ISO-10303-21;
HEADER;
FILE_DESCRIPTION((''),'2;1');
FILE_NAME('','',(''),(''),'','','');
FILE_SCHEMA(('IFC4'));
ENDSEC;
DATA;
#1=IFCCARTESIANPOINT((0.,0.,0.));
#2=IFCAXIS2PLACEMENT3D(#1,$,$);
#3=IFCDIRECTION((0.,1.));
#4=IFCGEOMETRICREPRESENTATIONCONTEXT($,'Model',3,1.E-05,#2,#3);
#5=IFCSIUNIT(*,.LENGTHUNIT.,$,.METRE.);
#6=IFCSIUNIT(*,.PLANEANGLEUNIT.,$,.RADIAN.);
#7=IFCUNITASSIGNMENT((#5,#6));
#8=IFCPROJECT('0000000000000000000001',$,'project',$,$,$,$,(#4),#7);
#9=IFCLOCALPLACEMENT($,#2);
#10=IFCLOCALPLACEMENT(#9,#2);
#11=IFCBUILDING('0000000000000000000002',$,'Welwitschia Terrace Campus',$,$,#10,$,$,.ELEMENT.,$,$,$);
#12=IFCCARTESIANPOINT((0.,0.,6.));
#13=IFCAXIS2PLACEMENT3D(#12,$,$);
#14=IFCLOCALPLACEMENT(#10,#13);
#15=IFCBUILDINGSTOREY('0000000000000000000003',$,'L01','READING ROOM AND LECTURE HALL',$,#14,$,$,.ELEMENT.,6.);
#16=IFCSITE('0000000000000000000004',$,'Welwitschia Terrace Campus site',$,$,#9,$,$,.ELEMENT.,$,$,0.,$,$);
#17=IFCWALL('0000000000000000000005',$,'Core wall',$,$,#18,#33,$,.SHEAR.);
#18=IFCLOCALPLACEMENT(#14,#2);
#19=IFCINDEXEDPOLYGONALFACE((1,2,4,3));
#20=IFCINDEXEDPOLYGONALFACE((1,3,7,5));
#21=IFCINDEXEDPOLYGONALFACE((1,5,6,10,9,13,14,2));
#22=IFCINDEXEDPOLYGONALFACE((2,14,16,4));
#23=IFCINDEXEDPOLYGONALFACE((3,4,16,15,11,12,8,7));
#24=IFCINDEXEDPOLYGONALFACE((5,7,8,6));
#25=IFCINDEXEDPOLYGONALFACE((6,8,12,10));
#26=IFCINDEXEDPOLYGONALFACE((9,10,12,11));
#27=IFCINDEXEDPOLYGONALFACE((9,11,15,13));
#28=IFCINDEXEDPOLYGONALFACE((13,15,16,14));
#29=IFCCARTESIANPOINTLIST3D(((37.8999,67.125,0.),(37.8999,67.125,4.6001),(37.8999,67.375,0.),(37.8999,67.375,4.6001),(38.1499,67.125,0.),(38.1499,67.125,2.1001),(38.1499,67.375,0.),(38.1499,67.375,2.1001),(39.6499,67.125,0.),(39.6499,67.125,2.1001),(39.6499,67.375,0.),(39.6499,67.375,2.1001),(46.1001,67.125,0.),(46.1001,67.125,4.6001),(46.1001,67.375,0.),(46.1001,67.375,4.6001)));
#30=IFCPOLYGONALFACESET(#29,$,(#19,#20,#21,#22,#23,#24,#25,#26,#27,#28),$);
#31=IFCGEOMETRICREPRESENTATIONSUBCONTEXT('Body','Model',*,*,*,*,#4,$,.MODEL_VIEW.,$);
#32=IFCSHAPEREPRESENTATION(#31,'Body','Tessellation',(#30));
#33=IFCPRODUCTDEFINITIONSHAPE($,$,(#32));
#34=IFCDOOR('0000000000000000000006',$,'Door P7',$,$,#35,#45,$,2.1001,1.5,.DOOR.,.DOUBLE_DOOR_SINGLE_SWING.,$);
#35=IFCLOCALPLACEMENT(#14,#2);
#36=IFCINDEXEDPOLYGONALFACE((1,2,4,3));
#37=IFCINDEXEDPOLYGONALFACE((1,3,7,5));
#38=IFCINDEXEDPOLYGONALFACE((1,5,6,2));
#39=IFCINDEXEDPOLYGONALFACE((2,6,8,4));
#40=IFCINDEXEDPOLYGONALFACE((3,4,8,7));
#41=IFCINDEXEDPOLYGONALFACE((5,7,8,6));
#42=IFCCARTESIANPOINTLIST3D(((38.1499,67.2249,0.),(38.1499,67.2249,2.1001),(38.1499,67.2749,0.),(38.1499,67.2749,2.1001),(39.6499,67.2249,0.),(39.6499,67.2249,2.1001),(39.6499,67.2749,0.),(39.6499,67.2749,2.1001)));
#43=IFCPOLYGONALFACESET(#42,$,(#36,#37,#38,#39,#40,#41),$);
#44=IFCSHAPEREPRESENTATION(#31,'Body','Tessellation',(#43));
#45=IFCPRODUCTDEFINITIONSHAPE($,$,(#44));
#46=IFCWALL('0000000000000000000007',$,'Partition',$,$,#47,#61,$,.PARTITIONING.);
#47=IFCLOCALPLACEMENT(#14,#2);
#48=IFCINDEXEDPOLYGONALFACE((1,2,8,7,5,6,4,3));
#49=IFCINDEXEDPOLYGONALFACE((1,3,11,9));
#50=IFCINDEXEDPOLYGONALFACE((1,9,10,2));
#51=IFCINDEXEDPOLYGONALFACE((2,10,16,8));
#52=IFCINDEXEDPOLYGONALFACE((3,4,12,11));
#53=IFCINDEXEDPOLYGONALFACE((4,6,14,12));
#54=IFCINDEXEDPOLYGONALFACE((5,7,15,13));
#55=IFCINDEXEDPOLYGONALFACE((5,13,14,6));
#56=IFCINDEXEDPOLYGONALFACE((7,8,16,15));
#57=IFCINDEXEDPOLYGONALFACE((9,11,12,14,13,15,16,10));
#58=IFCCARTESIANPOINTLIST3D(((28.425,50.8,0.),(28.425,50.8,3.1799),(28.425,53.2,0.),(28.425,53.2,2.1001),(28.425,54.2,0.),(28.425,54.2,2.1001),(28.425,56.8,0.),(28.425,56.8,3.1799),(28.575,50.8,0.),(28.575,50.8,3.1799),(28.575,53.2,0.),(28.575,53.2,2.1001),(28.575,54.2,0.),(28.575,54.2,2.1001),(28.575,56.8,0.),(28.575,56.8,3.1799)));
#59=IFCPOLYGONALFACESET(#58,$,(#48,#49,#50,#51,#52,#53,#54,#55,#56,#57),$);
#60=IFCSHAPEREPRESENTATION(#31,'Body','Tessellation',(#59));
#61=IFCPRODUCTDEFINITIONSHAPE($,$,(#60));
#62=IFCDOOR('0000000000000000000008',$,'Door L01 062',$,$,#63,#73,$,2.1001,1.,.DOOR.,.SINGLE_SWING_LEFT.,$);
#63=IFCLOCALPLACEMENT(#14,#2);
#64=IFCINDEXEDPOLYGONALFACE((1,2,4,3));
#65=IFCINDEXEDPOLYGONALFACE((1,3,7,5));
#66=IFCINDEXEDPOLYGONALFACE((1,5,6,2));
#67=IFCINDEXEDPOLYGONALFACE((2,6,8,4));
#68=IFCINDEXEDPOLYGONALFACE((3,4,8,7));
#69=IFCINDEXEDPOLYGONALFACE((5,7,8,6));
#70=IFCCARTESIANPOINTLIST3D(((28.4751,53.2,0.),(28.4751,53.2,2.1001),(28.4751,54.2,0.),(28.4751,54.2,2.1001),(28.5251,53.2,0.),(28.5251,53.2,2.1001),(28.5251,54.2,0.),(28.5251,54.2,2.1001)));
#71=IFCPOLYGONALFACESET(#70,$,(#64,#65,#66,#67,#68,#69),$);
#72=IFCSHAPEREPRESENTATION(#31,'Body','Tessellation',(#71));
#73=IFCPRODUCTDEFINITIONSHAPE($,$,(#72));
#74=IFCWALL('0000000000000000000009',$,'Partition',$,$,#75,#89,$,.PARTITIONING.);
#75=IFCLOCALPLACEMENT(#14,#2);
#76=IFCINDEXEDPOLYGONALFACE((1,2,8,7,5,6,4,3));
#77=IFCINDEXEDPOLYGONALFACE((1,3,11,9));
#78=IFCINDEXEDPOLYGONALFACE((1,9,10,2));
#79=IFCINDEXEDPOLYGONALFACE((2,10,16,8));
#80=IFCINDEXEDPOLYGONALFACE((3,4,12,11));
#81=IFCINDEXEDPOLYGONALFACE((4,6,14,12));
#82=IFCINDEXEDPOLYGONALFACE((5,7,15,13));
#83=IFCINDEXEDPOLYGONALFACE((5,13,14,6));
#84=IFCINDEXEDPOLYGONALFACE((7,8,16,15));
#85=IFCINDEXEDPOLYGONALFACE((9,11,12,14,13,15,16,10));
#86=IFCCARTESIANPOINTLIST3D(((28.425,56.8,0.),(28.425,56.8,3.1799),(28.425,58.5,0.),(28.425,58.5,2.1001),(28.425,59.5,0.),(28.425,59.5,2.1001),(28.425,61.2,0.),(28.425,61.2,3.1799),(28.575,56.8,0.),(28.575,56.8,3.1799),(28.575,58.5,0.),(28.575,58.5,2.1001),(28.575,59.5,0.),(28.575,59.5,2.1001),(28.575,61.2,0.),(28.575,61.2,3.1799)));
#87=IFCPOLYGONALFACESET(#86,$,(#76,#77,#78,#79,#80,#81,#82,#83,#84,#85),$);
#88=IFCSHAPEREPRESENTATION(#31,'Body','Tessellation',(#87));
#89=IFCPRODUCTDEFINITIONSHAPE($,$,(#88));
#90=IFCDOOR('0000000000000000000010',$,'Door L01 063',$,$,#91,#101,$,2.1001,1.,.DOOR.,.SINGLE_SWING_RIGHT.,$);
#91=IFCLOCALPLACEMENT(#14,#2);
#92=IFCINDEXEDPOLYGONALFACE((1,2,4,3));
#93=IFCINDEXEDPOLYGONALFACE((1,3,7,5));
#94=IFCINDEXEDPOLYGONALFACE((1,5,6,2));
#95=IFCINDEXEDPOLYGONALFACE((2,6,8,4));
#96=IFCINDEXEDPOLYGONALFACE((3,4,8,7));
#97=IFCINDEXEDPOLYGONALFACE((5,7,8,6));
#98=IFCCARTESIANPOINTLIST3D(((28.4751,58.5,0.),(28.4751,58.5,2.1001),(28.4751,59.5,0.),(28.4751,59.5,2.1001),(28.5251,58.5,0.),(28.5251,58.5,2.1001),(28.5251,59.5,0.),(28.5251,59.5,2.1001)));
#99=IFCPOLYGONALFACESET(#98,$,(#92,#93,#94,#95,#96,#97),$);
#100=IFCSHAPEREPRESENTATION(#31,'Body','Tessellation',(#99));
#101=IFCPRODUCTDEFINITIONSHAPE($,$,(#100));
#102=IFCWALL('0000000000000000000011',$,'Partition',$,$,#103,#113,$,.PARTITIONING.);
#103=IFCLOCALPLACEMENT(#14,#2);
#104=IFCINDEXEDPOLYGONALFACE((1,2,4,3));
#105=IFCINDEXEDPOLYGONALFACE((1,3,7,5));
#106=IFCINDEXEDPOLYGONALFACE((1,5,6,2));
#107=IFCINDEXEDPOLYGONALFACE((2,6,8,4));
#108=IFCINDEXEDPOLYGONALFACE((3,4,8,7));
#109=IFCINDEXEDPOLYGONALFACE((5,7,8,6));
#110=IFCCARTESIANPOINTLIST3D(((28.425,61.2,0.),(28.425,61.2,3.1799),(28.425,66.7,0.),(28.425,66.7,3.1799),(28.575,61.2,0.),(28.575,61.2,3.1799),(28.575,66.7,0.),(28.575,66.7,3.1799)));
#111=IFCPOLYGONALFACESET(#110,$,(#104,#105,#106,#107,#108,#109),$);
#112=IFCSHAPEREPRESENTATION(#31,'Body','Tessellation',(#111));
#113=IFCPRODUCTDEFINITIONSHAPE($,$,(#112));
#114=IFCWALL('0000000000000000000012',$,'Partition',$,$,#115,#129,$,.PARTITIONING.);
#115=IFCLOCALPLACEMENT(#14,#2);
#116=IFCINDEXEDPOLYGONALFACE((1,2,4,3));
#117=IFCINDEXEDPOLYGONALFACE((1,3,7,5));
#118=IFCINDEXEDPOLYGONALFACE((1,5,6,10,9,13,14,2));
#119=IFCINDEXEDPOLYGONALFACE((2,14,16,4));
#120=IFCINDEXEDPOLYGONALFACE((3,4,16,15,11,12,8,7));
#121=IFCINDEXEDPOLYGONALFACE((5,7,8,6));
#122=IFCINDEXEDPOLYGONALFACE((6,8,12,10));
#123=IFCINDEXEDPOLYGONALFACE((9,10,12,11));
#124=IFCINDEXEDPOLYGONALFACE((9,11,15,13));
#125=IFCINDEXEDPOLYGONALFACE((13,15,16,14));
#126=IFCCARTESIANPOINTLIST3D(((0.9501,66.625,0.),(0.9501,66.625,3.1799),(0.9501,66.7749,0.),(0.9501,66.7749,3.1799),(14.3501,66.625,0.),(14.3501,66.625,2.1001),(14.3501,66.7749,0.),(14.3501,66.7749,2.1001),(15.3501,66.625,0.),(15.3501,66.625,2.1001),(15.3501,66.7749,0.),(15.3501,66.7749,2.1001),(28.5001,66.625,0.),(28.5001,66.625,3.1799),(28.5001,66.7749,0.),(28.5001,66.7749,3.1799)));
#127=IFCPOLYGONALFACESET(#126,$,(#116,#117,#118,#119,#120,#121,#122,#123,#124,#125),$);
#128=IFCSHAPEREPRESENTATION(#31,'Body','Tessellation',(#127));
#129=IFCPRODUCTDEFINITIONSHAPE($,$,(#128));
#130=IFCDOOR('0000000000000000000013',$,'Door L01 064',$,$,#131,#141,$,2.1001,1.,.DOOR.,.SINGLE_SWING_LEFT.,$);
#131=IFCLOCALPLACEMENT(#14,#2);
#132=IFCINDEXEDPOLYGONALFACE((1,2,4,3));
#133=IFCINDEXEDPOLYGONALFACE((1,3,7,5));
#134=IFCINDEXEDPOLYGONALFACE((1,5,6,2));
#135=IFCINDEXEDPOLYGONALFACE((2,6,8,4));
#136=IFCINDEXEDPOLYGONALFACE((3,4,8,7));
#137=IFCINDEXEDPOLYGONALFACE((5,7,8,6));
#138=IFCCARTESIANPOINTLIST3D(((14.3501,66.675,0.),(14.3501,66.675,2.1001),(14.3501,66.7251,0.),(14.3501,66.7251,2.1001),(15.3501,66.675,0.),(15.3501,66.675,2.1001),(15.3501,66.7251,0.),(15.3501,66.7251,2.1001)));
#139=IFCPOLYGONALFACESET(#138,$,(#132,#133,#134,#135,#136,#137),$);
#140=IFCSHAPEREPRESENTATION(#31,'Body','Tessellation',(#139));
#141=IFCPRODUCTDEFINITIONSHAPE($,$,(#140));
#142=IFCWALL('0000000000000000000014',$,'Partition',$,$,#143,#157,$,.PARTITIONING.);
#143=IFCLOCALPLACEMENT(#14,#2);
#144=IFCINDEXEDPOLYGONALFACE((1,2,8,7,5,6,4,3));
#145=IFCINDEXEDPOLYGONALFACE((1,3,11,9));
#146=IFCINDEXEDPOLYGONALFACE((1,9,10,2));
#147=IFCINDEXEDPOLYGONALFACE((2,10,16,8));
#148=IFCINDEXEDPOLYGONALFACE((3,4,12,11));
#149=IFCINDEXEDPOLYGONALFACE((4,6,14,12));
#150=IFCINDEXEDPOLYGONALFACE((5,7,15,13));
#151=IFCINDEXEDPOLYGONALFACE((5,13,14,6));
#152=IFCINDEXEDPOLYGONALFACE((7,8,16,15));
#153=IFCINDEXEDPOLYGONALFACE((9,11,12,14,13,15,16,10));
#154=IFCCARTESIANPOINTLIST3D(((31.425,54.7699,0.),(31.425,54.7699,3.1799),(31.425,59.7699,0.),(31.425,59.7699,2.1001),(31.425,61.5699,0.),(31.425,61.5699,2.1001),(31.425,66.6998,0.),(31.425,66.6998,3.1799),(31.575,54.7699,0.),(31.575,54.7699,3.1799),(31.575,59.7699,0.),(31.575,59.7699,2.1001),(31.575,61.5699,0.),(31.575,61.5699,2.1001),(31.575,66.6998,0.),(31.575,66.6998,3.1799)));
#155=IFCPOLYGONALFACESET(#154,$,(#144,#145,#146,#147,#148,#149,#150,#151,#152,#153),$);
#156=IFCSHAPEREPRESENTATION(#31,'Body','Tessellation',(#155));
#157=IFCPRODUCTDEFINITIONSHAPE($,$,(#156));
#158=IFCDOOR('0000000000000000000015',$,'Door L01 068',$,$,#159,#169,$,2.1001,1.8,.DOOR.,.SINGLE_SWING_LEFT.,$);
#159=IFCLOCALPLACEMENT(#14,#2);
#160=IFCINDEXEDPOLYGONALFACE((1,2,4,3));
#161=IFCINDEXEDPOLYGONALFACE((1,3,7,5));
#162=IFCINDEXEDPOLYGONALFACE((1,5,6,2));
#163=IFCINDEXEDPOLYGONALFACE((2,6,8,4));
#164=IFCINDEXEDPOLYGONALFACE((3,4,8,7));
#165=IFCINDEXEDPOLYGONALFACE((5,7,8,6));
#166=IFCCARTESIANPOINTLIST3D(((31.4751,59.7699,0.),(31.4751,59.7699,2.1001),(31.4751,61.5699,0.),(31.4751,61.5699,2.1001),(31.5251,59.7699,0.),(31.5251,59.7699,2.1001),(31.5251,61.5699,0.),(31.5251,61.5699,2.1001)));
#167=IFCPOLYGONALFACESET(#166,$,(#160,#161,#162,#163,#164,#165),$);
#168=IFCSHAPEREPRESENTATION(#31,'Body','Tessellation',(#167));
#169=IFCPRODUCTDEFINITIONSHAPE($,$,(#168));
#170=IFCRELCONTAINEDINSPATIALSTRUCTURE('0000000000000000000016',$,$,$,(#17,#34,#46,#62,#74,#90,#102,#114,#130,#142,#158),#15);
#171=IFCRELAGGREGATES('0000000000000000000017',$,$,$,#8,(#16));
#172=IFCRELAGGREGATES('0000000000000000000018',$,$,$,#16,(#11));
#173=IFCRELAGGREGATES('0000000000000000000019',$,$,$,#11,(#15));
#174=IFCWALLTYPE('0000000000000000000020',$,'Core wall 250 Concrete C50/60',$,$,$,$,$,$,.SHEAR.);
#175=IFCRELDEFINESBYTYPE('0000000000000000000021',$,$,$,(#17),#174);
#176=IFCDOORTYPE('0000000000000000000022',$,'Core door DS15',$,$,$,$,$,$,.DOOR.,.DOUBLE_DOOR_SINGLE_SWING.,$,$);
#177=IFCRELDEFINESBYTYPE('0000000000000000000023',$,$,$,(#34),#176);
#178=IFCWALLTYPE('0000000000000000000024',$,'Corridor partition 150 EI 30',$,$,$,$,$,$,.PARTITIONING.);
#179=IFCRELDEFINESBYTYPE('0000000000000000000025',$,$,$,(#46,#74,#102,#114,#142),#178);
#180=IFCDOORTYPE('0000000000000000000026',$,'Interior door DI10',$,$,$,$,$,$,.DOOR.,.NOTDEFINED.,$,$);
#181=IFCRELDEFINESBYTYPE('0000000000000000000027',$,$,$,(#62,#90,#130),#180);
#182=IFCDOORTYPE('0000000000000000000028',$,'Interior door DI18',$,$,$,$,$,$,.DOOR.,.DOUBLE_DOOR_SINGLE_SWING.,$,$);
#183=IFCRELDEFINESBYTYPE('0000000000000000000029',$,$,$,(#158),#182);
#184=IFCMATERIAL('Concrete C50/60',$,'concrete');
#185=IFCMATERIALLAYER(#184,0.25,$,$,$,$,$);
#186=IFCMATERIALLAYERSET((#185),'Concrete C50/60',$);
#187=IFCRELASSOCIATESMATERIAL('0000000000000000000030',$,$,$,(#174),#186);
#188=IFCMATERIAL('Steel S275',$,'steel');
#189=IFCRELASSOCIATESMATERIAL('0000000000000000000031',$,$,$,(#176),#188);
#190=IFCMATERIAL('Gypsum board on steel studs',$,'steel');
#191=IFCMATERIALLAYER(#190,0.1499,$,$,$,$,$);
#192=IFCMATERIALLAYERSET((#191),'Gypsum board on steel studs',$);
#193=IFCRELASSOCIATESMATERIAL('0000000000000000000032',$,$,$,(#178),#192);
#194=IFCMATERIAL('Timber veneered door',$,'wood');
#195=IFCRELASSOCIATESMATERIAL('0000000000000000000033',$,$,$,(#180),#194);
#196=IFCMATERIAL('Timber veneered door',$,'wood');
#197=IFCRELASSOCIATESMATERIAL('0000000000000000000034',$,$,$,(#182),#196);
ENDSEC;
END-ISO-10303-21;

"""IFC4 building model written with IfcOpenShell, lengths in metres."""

from ifc_helpers import new_model, si_unit, direction, frame, frame_2d, origin, place, context, subcontext, project, spatial, rectangle, extrude, material, layer, layer_set, type_object, element, fill, save


model = new_model("IFC4")

# Units and contexts
model_context = context("Model", 3, precision=1e-05, world=origin(), true_north=direction((0.0, 1.0)))
body_context = subcontext(model_context, "Body", "Model", "MODEL_VIEW")
ifc_project = project(units=[si_unit("LENGTHUNIT", "METRE"), si_unit("PLANEANGLEUNIT", "RADIAN")], contexts=[model_context])

# Site, building, storey
site_placement = place(None, origin())
site = spatial("IfcSite", under=ifc_project, at=site_placement, Name="Welwitschia Terrace Campus site", CompositionType="ELEMENT", RefElevation=0.0)
building_placement = place(site_placement, origin())
building = spatial("IfcBuilding", under=site, at=building_placement, Name="Welwitschia Terrace Campus", CompositionType="ELEMENT")
storey_placement = place(building_placement, frame((0.0, 0.0, 6.0)))
storey = spatial("IfcBuildingStorey", under=building, at=storey_placement, Name="L01", Description="READING ROOM AND LECTURE HALL", CompositionType="ELEMENT", Elevation=6.0)

# Shared definitions
ifc_material_1 = material(Name="Concrete C50/60", Category="concrete")
ifc_layer_1 = layer(ifc_material_1, 0.25)
ifc_layer_set_1 = layer_set([ifc_layer_1], Name="Concrete C50/60")
wall_type_1 = type_object("IfcWallType", Name="Core wall 250 Concrete C50/60", PredefinedType="SHEAR", material=ifc_layer_set_1)

# Walls, openings, doors
wall_1_placement = place(storey_placement, frame((37.8999, 67.25, 0.0), z_axis=(0.0, 0.0, 1.0), x_axis=(1.0, 0.0, 0.0)))
wall_1 = element("IfcWall", 1, at=wall_1_placement, inside=storey, type_object=wall_type_1, Name="Core wall", PredefinedType="SHEAR", context=body_context, shape_type="SweptSolid", body=[
    extrude(rectangle(XDim=8.2002, YDim=0.25, at=frame_2d((4.1001, 0.0))), origin(), (0.0, 0.0, 1.0), 4.6001),
])
opening_1_placement = place(wall_1_placement, frame((0.25, 0.0, 0.0)))
opening_1 = element("IfcOpeningElement", 2, at=opening_1_placement, cuts=wall_1, PredefinedType="OPENING", context=body_context, shape_type="SweptSolid", body=[
    extrude(rectangle(XDim=1.5, YDim=2.1001, at=frame_2d((0.75, 1.05))), frame((0.0, 0.135, 0.0), z_axis=(0.0, -1.0, 0.0), x_axis=(1.0, 0.0, 0.0)), (0.0, 0.0, 1.0), 0.27),
])
ifc_material_2 = material(Name="Steel S275", Category="steel")
door_type_1 = type_object("IfcDoorType", Name="Core door DS15", OperationType="DOUBLE_DOOR_SINGLE_SWING", PredefinedType="DOOR", material=ifc_material_2)
door_1_placement = place(opening_1_placement, origin())
door_1 = element("IfcDoor", 3, at=door_1_placement, inside=storey, type_object=door_type_1, Name="Door P7", OperationType="DOUBLE_DOOR_SINGLE_SWING", OverallHeight=2.1001, OverallWidth=1.5, PredefinedType="DOOR", context=body_context, shape_type="SweptSolid", body=[
    extrude(rectangle(XDim=1.5, YDim=2.1001, at=frame_2d((0.75, 1.05))), frame((0.0, 0.0249, 0.0), z_axis=(0.0, -1.0, 0.0), x_axis=(1.0, 0.0, 0.0)), (0.0, 0.0, 1.0), 0.05),
])
fill(opening_1, door_1)
ifc_material_3 = material(Name="Gypsum board on steel studs", Category="steel")
ifc_layer_2 = layer(ifc_material_3, 0.1499)
ifc_layer_set_2 = layer_set([ifc_layer_2], Name="Gypsum board on steel studs")
wall_type_2 = type_object("IfcWallType", Name="Corridor partition 150 EI 30", PredefinedType="PARTITIONING", material=ifc_layer_set_2)
wall_2_placement = place(storey_placement, frame((28.5, 50.8, 0.0), z_axis=(0.0, 0.0, 1.0), x_axis=(0.0, 1.0, 0.0)))
wall_2 = element("IfcWall", 4, at=wall_2_placement, inside=storey, type_object=wall_type_2, Name="Partition", PredefinedType="PARTITIONING", context=body_context, shape_type="SweptSolid", body=[
    extrude(rectangle(XDim=6.0, YDim=0.1499, at=frame_2d((3.0, 0.0))), origin(), (0.0, 0.0, 1.0), 3.1799),
])
opening_2_placement = place(wall_2_placement, frame((2.3999, 0.0, 0.0)))
opening_2 = element("IfcOpeningElement", 5, at=opening_2_placement, cuts=wall_2, PredefinedType="OPENING", context=body_context, shape_type="SweptSolid", body=[
    extrude(rectangle(XDim=1.0, YDim=2.1001, at=frame_2d((0.5, 1.05))), frame((0.0, 0.085, 0.0), z_axis=(0.0, -1.0, 0.0), x_axis=(1.0, 0.0, 0.0)), (0.0, 0.0, 1.0), 0.1699),
])
ifc_material_4 = material(Name="Timber veneered door", Category="wood")
door_type_2 = type_object("IfcDoorType", Name="Interior door DI10", OperationType="NOTDEFINED", PredefinedType="DOOR", material=ifc_material_4)
door_2_placement = place(opening_2_placement, origin())
door_2 = element("IfcDoor", 6, at=door_2_placement, inside=storey, type_object=door_type_2, Name="Door L01 062", OperationType="SINGLE_SWING_LEFT", OverallHeight=2.1001, OverallWidth=1.0, PredefinedType="DOOR", context=body_context, shape_type="SweptSolid", body=[
    extrude(rectangle(XDim=1.0, YDim=2.1001, at=frame_2d((0.5, 1.05))), frame((0.0, 0.0249, 0.0), z_axis=(0.0, -1.0, 0.0), x_axis=(1.0, 0.0, 0.0)), (0.0, 0.0, 1.0), 0.05),
])
fill(opening_2, door_2)
wall_3_placement = place(storey_placement, frame((28.5, 56.8, 0.0), z_axis=(0.0, 0.0, 1.0), x_axis=(0.0, 1.0, 0.0)))
wall_3 = element("IfcWall", 7, at=wall_3_placement, inside=storey, type_object=wall_type_2, Name="Partition", PredefinedType="PARTITIONING", context=body_context, shape_type="SweptSolid", body=[
    extrude(rectangle(XDim=4.3999, YDim=0.1499, at=frame_2d((2.2, 0.0))), origin(), (0.0, 0.0, 1.0), 3.1799),
])
opening_3_placement = place(wall_3_placement, frame((1.7, 0.0, 0.0)))
opening_3 = element("IfcOpeningElement", 8, at=opening_3_placement, cuts=wall_3, PredefinedType="OPENING", context=body_context, shape_type="SweptSolid", body=[
    extrude(rectangle(XDim=1.0, YDim=2.1001, at=frame_2d((0.5, 1.05))), frame((0.0, 0.085, 0.0), z_axis=(0.0, -1.0, 0.0), x_axis=(1.0, 0.0, 0.0)), (0.0, 0.0, 1.0), 0.1699),
])
door_3_placement = place(opening_3_placement, origin())
door_3 = element("IfcDoor", 9, at=door_3_placement, inside=storey, type_object=door_type_2, Name="Door L01 063", OperationType="SINGLE_SWING_RIGHT", OverallHeight=2.1001, OverallWidth=1.0, PredefinedType="DOOR", context=body_context, shape_type="SweptSolid", body=[
    extrude(rectangle(XDim=1.0, YDim=2.1001, at=frame_2d((0.5, 1.05))), frame((0.0, 0.0249, 0.0), z_axis=(0.0, -1.0, 0.0), x_axis=(1.0, 0.0, 0.0)), (0.0, 0.0, 1.0), 0.05),
])
fill(opening_3, door_3)

# Wall
wall_4_placement = place(storey_placement, frame((28.5, 61.2, 0.0), z_axis=(0.0, 0.0, 1.0), x_axis=(0.0, 1.0, 0.0)))
element("IfcWall", 10, at=wall_4_placement, inside=storey, type_object=wall_type_2, Name="Partition", PredefinedType="PARTITIONING", context=body_context, shape_type="SweptSolid", body=[
    extrude(rectangle(XDim=5.5, YDim=0.1499, at=frame_2d((2.75, 0.0))), origin(), (0.0, 0.0, 1.0), 3.1799),
])

# Walls, openings, doors
wall_5_placement = place(storey_placement, frame((28.5, 66.7, 0.0), z_axis=(0.0, 0.0, 1.0), x_axis=(-1.0, 0.0, 0.0)))
wall_5 = element("IfcWall", 11, at=wall_5_placement, inside=storey, type_object=wall_type_2, Name="Partition", PredefinedType="PARTITIONING", context=body_context, shape_type="SweptSolid", body=[
    extrude(rectangle(XDim=27.55, YDim=0.1499, at=frame_2d((13.7749, 0.0))), origin(), (0.0, 0.0, 1.0), 3.1799),
])
opening_4_placement = place(wall_5_placement, frame((13.1499, 0.0, 0.0)))
opening_4 = element("IfcOpeningElement", 12, at=opening_4_placement, cuts=wall_5, PredefinedType="OPENING", context=body_context, shape_type="SweptSolid", body=[
    extrude(rectangle(XDim=1.0, YDim=2.1001, at=frame_2d((0.5, 1.05))), frame((0.0, 0.085, 0.0), z_axis=(0.0, -1.0, 0.0), x_axis=(1.0, 0.0, 0.0)), (0.0, 0.0, 1.0), 0.1699),
])
door_4_placement = place(opening_4_placement, origin())
door_4 = element("IfcDoor", 13, at=door_4_placement, inside=storey, type_object=door_type_2, Name="Door L01 064", OperationType="SINGLE_SWING_LEFT", OverallHeight=2.1001, OverallWidth=1.0, PredefinedType="DOOR", context=body_context, shape_type="SweptSolid", body=[
    extrude(rectangle(XDim=1.0, YDim=2.1001, at=frame_2d((0.5, 1.05))), frame((0.0, 0.0249, 0.0), z_axis=(0.0, -1.0, 0.0), x_axis=(1.0, 0.0, 0.0)), (0.0, 0.0, 1.0), 0.05),
])
fill(opening_4, door_4)
wall_6_placement = place(storey_placement, frame((31.5, 54.77, 0.0), z_axis=(0.0, 0.0, 1.0), x_axis=(0.0, 1.0, 0.0)))
wall_6 = element("IfcWall", 14, at=wall_6_placement, inside=storey, type_object=wall_type_2, Name="Partition", PredefinedType="PARTITIONING", context=body_context, shape_type="SweptSolid", body=[
    extrude(rectangle(XDim=11.9299, YDim=0.1499, at=frame_2d((5.9648, 0.0))), origin(), (0.0, 0.0, 1.0), 3.1799),
])
opening_5_placement = place(wall_6_placement, frame((5.0, 0.0, 0.0)))
opening_5 = element("IfcOpeningElement", 15, at=opening_5_placement, cuts=wall_6, PredefinedType="OPENING", context=body_context, shape_type="SweptSolid", body=[
    extrude(rectangle(XDim=1.8, YDim=2.1001, at=frame_2d((0.8999, 1.05))), frame((0.0, 0.085, 0.0), z_axis=(0.0, -1.0, 0.0), x_axis=(1.0, 0.0, 0.0)), (0.0, 0.0, 1.0), 0.1699),
])
ifc_material_5 = material(Name="Timber veneered door", Category="wood")
door_type_3 = type_object("IfcDoorType", Name="Interior door DI18", OperationType="DOUBLE_DOOR_SINGLE_SWING", PredefinedType="DOOR", material=ifc_material_5)
door_5_placement = place(opening_5_placement, origin())
door_5 = element("IfcDoor", 16, at=door_5_placement, inside=storey, type_object=door_type_3, Name="Door L01 068", OperationType="SINGLE_SWING_LEFT", OverallHeight=2.1001, OverallWidth=1.8, PredefinedType="DOOR", context=body_context, shape_type="SweptSolid", body=[
    extrude(rectangle(XDim=1.8, YDim=2.1001, at=frame_2d((0.8999, 1.05))), frame((0.0, 0.0249, 0.0), z_axis=(0.0, -1.0, 0.0), x_axis=(1.0, 0.0, 0.0)), (0.0, 0.0, 1.0), 0.05),
])
fill(opening_5, door_5)

save(model, "model.ifc")
